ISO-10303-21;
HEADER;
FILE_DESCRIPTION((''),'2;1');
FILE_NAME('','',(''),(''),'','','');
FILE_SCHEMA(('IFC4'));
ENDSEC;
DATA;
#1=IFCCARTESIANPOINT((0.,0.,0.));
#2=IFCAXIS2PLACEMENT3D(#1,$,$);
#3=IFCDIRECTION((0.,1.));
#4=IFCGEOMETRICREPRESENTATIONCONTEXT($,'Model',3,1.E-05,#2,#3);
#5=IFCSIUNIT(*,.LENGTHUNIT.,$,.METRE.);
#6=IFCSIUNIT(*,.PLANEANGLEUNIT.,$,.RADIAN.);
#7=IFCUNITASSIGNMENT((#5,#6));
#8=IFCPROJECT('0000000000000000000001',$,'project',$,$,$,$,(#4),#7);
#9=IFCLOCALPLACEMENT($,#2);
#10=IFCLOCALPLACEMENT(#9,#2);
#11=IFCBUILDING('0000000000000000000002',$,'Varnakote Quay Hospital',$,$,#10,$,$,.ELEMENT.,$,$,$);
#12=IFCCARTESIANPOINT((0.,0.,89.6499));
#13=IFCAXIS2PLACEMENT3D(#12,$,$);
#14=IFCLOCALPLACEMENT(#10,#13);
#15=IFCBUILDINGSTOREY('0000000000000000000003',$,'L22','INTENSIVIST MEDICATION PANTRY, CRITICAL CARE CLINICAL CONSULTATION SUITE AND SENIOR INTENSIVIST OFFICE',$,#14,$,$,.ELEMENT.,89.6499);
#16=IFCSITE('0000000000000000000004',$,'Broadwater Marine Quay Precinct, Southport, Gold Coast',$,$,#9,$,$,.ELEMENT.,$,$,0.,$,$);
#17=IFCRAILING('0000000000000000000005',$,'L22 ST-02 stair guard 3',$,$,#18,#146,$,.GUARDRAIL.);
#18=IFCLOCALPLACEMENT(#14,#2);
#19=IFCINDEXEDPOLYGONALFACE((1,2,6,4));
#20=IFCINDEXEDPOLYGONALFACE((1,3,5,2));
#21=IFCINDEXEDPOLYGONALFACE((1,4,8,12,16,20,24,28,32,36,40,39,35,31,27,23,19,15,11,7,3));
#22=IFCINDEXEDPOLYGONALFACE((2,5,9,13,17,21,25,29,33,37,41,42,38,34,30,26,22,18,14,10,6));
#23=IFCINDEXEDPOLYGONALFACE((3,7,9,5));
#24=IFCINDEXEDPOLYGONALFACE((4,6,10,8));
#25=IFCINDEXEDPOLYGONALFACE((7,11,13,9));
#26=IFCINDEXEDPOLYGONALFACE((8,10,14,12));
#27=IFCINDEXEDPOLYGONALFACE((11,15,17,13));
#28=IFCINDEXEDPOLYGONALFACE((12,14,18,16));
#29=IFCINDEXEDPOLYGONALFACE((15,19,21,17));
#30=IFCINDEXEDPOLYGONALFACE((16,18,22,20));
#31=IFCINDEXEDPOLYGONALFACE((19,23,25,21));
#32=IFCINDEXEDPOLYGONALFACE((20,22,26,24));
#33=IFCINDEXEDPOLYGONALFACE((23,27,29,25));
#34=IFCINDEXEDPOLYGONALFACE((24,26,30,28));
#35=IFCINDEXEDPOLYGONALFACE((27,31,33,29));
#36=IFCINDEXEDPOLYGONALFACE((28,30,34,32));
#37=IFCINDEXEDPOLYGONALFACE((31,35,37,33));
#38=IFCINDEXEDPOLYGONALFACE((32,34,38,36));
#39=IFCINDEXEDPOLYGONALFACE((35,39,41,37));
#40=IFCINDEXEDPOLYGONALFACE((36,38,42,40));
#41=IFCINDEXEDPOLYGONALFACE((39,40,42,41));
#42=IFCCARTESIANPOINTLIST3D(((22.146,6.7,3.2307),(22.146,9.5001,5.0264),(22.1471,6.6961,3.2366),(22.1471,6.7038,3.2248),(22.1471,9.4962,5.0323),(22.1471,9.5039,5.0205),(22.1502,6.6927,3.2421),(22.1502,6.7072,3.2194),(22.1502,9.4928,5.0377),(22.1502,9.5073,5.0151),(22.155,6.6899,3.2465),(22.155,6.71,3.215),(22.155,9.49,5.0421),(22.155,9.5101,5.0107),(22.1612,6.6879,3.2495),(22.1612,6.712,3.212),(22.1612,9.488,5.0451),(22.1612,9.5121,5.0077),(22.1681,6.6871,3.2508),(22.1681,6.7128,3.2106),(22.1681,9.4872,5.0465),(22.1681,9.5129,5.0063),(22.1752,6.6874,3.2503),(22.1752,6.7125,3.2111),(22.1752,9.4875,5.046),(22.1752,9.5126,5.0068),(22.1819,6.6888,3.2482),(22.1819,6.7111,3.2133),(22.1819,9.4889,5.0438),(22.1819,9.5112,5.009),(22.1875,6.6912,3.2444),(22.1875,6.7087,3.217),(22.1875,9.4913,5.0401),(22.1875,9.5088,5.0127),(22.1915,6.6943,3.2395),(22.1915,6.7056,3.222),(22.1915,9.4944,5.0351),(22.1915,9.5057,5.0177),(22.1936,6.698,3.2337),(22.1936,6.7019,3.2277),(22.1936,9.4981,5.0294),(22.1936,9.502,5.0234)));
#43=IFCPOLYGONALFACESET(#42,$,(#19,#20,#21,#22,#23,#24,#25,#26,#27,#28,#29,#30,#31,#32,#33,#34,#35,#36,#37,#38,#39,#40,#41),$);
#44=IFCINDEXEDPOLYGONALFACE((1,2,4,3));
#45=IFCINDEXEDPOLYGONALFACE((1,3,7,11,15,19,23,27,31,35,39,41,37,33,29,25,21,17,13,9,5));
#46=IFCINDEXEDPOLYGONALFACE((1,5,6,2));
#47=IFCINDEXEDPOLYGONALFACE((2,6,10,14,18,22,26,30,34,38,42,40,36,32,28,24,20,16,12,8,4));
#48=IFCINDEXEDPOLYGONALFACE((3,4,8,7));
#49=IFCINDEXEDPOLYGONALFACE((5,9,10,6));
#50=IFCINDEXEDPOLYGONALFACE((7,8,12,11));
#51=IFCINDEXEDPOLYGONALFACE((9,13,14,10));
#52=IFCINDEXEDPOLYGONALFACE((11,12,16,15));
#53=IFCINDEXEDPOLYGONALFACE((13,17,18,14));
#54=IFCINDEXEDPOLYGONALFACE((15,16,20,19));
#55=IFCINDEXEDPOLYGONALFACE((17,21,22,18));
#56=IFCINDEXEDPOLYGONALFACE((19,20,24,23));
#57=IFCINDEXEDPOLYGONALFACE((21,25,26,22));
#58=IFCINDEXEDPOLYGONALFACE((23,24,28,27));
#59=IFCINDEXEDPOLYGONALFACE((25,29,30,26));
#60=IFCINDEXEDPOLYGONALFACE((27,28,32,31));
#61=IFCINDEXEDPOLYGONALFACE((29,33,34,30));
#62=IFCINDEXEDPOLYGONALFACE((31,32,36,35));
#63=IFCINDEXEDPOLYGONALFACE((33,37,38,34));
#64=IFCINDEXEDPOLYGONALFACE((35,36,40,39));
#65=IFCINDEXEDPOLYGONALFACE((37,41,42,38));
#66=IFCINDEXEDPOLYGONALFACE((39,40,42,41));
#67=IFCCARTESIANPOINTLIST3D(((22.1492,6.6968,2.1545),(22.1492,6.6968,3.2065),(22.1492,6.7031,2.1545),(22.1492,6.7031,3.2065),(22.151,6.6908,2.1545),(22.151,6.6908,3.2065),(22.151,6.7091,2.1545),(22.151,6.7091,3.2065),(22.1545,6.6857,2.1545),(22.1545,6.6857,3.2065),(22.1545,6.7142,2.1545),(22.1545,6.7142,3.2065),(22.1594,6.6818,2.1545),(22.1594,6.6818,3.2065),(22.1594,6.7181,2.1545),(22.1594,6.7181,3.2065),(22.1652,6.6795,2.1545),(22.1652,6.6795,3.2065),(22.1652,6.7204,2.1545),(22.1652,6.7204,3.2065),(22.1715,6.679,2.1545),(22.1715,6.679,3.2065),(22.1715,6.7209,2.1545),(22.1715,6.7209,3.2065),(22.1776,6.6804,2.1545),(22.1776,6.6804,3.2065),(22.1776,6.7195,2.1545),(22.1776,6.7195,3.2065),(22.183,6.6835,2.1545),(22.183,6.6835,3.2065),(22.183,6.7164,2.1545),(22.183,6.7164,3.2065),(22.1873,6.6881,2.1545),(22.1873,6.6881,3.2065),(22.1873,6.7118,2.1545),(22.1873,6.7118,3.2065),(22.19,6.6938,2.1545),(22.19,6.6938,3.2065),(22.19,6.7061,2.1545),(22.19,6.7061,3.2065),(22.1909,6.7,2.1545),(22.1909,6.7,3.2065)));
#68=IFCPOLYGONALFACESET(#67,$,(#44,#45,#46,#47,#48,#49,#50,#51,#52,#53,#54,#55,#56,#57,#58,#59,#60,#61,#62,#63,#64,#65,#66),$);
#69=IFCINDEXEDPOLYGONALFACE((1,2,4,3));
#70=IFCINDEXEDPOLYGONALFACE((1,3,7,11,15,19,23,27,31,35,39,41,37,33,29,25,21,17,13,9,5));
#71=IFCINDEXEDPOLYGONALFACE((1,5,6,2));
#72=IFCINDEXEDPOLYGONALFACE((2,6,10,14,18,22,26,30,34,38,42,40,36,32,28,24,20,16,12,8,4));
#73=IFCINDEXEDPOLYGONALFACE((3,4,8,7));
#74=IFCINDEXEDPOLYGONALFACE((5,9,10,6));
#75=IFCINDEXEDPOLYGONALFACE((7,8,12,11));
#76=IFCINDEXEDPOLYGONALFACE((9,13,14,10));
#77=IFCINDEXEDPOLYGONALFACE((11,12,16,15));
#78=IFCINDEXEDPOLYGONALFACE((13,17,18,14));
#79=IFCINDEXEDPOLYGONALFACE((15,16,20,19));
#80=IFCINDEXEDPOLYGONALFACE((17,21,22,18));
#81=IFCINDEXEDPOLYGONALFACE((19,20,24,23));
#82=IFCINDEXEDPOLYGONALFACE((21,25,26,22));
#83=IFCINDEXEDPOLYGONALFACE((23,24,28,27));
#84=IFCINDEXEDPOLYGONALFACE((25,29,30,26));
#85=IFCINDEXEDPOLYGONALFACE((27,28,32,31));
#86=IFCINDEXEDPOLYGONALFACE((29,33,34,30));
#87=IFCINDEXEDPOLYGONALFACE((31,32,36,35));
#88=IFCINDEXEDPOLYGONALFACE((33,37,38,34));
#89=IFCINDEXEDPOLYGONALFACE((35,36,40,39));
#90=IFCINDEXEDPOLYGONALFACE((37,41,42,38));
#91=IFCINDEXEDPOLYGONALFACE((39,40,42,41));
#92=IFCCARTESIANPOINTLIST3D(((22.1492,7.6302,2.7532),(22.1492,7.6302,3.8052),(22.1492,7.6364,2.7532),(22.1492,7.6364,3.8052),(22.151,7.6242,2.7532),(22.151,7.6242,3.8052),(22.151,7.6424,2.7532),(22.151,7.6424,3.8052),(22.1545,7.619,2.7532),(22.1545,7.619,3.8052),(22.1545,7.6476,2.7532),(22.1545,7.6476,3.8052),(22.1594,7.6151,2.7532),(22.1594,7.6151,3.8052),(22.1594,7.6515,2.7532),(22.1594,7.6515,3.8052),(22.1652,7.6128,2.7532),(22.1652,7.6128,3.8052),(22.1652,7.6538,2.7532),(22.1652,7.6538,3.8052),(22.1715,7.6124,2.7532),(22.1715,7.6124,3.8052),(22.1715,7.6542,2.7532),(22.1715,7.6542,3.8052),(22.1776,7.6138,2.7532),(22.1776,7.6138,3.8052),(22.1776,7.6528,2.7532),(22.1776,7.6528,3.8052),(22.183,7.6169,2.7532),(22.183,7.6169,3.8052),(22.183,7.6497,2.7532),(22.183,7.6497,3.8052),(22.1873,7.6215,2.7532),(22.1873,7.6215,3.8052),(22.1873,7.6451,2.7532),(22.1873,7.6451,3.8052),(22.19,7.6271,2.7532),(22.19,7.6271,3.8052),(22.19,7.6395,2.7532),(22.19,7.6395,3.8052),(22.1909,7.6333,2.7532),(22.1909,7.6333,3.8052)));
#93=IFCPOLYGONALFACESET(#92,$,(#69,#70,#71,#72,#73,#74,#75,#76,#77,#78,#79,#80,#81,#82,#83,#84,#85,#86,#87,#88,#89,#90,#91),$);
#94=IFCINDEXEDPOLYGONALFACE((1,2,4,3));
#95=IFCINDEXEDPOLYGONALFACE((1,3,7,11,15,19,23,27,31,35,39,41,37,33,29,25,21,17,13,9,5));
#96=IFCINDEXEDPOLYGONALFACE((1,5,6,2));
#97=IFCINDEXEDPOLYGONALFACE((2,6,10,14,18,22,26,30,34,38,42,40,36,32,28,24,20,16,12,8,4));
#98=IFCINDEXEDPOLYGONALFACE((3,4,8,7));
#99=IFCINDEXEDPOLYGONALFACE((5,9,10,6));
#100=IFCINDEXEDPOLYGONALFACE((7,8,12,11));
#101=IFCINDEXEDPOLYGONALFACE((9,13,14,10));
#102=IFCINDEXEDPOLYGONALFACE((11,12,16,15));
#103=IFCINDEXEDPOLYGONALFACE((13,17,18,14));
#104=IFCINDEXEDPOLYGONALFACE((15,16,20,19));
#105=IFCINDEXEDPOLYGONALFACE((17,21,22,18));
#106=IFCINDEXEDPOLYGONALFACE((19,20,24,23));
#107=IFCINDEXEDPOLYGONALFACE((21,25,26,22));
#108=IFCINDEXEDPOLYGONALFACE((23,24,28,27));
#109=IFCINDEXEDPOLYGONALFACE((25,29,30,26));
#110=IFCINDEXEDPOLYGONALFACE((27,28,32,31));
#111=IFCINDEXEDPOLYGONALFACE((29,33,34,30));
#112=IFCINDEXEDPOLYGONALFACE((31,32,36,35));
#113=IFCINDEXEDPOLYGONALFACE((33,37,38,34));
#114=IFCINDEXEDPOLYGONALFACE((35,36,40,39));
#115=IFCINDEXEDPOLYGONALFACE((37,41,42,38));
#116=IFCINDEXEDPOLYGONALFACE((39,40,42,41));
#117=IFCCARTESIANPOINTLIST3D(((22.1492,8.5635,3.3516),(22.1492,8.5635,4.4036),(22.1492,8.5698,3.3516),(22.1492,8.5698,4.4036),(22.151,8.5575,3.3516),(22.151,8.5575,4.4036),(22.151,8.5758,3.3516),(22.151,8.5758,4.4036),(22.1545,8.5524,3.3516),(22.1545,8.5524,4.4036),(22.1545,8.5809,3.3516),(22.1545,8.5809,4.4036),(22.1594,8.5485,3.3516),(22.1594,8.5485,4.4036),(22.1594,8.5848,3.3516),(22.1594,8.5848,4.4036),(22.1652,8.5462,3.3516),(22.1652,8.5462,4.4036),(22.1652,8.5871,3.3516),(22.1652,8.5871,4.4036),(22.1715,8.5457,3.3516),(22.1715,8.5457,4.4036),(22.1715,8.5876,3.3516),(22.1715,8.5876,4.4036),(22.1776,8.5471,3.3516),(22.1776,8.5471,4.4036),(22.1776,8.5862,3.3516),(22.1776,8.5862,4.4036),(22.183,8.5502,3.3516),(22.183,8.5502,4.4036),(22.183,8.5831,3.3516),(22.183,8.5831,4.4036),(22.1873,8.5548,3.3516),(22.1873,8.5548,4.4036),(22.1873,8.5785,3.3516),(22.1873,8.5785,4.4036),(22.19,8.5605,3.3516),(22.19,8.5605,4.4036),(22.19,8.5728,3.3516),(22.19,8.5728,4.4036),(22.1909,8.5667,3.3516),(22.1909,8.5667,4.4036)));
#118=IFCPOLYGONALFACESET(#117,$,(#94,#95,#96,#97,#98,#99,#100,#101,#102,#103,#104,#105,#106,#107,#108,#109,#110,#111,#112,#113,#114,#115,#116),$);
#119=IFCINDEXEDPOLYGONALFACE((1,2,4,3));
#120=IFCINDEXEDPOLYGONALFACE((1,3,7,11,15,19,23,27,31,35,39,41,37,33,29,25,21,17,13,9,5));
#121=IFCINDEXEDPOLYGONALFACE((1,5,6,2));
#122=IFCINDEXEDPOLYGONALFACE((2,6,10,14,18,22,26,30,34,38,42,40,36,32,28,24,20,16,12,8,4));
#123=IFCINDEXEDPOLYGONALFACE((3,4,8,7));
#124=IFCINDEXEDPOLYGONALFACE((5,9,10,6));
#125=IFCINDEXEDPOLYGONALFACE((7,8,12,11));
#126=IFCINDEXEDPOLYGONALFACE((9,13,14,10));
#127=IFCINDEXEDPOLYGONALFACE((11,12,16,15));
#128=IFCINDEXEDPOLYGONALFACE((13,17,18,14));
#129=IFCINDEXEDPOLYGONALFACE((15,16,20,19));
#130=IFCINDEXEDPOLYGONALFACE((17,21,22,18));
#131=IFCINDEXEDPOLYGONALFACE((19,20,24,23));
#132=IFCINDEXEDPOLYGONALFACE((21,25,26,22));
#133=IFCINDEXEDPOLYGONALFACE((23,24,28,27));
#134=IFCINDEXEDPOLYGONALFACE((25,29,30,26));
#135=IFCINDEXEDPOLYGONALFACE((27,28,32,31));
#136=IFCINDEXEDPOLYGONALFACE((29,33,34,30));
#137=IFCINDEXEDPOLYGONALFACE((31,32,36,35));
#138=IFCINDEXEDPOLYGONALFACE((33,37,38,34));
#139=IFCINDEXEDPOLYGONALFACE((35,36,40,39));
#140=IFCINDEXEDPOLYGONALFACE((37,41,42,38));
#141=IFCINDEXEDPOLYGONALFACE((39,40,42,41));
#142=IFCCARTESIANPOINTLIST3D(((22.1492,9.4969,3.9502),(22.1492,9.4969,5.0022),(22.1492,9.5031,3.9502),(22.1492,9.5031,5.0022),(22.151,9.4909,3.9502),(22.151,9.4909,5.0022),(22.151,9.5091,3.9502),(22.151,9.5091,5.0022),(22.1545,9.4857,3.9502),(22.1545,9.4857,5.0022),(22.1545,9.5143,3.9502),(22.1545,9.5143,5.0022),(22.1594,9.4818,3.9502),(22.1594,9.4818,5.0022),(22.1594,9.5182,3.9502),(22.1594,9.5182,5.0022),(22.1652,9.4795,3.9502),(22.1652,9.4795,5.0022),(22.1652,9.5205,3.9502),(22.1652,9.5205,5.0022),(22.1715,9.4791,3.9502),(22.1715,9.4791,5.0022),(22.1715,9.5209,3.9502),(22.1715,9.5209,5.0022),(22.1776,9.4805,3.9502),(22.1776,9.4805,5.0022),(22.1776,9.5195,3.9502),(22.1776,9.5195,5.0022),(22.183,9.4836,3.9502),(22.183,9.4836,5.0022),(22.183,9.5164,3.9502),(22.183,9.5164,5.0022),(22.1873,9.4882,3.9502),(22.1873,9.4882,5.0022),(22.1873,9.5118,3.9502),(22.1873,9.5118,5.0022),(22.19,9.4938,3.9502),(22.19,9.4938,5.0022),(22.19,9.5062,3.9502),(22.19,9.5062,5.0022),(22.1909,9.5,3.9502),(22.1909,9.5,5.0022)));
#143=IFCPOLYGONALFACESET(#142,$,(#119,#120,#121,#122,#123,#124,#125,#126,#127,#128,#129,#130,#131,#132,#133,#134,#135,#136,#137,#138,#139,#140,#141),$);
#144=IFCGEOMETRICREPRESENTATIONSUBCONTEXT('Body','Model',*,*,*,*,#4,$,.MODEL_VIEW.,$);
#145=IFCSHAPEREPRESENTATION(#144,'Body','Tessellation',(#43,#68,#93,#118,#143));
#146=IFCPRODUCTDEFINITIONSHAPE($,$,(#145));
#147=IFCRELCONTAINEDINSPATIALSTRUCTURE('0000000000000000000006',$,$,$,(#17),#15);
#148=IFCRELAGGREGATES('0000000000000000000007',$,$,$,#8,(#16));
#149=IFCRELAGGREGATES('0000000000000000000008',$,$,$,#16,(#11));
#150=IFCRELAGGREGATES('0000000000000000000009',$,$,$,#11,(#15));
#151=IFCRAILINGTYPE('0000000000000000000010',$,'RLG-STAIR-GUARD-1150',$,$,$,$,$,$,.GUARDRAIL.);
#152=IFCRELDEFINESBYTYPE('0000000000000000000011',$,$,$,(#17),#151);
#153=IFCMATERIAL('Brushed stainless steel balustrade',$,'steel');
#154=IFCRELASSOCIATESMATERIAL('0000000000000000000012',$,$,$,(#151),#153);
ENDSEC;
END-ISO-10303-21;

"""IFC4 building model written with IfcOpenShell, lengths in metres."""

from ifc_helpers import new_model, si_unit, direction, frame, origin, origin_2d, place, context, subcontext, project, spatial, circle, extrude, material, type_object, element, save


model = new_model("IFC4")

# Units and contexts
model_context = context("Model", 3, precision=1e-05, world=origin(), true_north=direction((0.0, 1.0)))
body_context = subcontext(model_context, "Body", "Model", "MODEL_VIEW")
ifc_project = project(units=[si_unit("LENGTHUNIT", "METRE"), si_unit("PLANEANGLEUNIT", "RADIAN")], contexts=[model_context])

# Site, building, storey
site_placement = place(None, origin())
site = spatial("IfcSite", under=ifc_project, at=site_placement, Name="Broadwater Marine Quay Precinct, Southport, Gold Coast", CompositionType="ELEMENT", RefElevation=0.0)
building_placement = place(site_placement, origin())
building = spatial("IfcBuilding", under=site, at=building_placement, Name="Varnakote Quay Hospital", CompositionType="ELEMENT")
storey_placement = place(building_placement, frame((0.0, 0.0, 89.6499)))
storey = spatial("IfcBuildingStorey", under=building, at=storey_placement, Name="L22", Description="INTENSIVIST MEDICATION PANTRY, CRITICAL CARE CLINICAL CONSULTATION SUITE AND SENIOR INTENSIVIST OFFICE", CompositionType="ELEMENT", Elevation=89.6499)

# Railing
ifc_material_1 = material(Name="Brushed stainless steel balustrade", Category="steel")
railing_type_1 = type_object("IfcRailingType", Name="RLG-STAIR-GUARD-1150", PredefinedType="GUARDRAIL", material=ifc_material_1)
railing_1_placement = place(storey_placement, frame((22.1699, 6.7, 2.1545)))
element("IfcRailing", 1, at=railing_1_placement, inside=storey, type_object=railing_type_1, Name="L22 ST-02 stair guard 3", PredefinedType="GUARDRAIL", context=body_context, shape_type="SweptSolid", body=[
    extrude(circle(Radius=0.0239, at=origin_2d()), frame((0.0, 0.0, 1.0762), z_axis=(0.0, 0.841777, 0.539826), x_axis=(-1.0, 0.0, 0.0)), (0.0, 0.0, 1.0), 3.3264),
    extrude(circle(Radius=0.021, at=origin_2d()), origin(), (0.0, 0.0, 1.0), 1.052),
    extrude(circle(Radius=0.021, at=origin_2d()), frame((0.0, 0.9333, 0.5986)), (0.0, 0.0, 1.0), 1.052),
    extrude(circle(Radius=0.021, at=origin_2d()), frame((0.0, 1.8667, 1.197)), (0.0, 0.0, 1.0), 1.052),
    extrude(circle(Radius=0.021, at=origin_2d()), frame((0.0, 2.8, 1.7957)), (0.0, 0.0, 1.0), 1.052),
])

save(model, "model.ifc")
